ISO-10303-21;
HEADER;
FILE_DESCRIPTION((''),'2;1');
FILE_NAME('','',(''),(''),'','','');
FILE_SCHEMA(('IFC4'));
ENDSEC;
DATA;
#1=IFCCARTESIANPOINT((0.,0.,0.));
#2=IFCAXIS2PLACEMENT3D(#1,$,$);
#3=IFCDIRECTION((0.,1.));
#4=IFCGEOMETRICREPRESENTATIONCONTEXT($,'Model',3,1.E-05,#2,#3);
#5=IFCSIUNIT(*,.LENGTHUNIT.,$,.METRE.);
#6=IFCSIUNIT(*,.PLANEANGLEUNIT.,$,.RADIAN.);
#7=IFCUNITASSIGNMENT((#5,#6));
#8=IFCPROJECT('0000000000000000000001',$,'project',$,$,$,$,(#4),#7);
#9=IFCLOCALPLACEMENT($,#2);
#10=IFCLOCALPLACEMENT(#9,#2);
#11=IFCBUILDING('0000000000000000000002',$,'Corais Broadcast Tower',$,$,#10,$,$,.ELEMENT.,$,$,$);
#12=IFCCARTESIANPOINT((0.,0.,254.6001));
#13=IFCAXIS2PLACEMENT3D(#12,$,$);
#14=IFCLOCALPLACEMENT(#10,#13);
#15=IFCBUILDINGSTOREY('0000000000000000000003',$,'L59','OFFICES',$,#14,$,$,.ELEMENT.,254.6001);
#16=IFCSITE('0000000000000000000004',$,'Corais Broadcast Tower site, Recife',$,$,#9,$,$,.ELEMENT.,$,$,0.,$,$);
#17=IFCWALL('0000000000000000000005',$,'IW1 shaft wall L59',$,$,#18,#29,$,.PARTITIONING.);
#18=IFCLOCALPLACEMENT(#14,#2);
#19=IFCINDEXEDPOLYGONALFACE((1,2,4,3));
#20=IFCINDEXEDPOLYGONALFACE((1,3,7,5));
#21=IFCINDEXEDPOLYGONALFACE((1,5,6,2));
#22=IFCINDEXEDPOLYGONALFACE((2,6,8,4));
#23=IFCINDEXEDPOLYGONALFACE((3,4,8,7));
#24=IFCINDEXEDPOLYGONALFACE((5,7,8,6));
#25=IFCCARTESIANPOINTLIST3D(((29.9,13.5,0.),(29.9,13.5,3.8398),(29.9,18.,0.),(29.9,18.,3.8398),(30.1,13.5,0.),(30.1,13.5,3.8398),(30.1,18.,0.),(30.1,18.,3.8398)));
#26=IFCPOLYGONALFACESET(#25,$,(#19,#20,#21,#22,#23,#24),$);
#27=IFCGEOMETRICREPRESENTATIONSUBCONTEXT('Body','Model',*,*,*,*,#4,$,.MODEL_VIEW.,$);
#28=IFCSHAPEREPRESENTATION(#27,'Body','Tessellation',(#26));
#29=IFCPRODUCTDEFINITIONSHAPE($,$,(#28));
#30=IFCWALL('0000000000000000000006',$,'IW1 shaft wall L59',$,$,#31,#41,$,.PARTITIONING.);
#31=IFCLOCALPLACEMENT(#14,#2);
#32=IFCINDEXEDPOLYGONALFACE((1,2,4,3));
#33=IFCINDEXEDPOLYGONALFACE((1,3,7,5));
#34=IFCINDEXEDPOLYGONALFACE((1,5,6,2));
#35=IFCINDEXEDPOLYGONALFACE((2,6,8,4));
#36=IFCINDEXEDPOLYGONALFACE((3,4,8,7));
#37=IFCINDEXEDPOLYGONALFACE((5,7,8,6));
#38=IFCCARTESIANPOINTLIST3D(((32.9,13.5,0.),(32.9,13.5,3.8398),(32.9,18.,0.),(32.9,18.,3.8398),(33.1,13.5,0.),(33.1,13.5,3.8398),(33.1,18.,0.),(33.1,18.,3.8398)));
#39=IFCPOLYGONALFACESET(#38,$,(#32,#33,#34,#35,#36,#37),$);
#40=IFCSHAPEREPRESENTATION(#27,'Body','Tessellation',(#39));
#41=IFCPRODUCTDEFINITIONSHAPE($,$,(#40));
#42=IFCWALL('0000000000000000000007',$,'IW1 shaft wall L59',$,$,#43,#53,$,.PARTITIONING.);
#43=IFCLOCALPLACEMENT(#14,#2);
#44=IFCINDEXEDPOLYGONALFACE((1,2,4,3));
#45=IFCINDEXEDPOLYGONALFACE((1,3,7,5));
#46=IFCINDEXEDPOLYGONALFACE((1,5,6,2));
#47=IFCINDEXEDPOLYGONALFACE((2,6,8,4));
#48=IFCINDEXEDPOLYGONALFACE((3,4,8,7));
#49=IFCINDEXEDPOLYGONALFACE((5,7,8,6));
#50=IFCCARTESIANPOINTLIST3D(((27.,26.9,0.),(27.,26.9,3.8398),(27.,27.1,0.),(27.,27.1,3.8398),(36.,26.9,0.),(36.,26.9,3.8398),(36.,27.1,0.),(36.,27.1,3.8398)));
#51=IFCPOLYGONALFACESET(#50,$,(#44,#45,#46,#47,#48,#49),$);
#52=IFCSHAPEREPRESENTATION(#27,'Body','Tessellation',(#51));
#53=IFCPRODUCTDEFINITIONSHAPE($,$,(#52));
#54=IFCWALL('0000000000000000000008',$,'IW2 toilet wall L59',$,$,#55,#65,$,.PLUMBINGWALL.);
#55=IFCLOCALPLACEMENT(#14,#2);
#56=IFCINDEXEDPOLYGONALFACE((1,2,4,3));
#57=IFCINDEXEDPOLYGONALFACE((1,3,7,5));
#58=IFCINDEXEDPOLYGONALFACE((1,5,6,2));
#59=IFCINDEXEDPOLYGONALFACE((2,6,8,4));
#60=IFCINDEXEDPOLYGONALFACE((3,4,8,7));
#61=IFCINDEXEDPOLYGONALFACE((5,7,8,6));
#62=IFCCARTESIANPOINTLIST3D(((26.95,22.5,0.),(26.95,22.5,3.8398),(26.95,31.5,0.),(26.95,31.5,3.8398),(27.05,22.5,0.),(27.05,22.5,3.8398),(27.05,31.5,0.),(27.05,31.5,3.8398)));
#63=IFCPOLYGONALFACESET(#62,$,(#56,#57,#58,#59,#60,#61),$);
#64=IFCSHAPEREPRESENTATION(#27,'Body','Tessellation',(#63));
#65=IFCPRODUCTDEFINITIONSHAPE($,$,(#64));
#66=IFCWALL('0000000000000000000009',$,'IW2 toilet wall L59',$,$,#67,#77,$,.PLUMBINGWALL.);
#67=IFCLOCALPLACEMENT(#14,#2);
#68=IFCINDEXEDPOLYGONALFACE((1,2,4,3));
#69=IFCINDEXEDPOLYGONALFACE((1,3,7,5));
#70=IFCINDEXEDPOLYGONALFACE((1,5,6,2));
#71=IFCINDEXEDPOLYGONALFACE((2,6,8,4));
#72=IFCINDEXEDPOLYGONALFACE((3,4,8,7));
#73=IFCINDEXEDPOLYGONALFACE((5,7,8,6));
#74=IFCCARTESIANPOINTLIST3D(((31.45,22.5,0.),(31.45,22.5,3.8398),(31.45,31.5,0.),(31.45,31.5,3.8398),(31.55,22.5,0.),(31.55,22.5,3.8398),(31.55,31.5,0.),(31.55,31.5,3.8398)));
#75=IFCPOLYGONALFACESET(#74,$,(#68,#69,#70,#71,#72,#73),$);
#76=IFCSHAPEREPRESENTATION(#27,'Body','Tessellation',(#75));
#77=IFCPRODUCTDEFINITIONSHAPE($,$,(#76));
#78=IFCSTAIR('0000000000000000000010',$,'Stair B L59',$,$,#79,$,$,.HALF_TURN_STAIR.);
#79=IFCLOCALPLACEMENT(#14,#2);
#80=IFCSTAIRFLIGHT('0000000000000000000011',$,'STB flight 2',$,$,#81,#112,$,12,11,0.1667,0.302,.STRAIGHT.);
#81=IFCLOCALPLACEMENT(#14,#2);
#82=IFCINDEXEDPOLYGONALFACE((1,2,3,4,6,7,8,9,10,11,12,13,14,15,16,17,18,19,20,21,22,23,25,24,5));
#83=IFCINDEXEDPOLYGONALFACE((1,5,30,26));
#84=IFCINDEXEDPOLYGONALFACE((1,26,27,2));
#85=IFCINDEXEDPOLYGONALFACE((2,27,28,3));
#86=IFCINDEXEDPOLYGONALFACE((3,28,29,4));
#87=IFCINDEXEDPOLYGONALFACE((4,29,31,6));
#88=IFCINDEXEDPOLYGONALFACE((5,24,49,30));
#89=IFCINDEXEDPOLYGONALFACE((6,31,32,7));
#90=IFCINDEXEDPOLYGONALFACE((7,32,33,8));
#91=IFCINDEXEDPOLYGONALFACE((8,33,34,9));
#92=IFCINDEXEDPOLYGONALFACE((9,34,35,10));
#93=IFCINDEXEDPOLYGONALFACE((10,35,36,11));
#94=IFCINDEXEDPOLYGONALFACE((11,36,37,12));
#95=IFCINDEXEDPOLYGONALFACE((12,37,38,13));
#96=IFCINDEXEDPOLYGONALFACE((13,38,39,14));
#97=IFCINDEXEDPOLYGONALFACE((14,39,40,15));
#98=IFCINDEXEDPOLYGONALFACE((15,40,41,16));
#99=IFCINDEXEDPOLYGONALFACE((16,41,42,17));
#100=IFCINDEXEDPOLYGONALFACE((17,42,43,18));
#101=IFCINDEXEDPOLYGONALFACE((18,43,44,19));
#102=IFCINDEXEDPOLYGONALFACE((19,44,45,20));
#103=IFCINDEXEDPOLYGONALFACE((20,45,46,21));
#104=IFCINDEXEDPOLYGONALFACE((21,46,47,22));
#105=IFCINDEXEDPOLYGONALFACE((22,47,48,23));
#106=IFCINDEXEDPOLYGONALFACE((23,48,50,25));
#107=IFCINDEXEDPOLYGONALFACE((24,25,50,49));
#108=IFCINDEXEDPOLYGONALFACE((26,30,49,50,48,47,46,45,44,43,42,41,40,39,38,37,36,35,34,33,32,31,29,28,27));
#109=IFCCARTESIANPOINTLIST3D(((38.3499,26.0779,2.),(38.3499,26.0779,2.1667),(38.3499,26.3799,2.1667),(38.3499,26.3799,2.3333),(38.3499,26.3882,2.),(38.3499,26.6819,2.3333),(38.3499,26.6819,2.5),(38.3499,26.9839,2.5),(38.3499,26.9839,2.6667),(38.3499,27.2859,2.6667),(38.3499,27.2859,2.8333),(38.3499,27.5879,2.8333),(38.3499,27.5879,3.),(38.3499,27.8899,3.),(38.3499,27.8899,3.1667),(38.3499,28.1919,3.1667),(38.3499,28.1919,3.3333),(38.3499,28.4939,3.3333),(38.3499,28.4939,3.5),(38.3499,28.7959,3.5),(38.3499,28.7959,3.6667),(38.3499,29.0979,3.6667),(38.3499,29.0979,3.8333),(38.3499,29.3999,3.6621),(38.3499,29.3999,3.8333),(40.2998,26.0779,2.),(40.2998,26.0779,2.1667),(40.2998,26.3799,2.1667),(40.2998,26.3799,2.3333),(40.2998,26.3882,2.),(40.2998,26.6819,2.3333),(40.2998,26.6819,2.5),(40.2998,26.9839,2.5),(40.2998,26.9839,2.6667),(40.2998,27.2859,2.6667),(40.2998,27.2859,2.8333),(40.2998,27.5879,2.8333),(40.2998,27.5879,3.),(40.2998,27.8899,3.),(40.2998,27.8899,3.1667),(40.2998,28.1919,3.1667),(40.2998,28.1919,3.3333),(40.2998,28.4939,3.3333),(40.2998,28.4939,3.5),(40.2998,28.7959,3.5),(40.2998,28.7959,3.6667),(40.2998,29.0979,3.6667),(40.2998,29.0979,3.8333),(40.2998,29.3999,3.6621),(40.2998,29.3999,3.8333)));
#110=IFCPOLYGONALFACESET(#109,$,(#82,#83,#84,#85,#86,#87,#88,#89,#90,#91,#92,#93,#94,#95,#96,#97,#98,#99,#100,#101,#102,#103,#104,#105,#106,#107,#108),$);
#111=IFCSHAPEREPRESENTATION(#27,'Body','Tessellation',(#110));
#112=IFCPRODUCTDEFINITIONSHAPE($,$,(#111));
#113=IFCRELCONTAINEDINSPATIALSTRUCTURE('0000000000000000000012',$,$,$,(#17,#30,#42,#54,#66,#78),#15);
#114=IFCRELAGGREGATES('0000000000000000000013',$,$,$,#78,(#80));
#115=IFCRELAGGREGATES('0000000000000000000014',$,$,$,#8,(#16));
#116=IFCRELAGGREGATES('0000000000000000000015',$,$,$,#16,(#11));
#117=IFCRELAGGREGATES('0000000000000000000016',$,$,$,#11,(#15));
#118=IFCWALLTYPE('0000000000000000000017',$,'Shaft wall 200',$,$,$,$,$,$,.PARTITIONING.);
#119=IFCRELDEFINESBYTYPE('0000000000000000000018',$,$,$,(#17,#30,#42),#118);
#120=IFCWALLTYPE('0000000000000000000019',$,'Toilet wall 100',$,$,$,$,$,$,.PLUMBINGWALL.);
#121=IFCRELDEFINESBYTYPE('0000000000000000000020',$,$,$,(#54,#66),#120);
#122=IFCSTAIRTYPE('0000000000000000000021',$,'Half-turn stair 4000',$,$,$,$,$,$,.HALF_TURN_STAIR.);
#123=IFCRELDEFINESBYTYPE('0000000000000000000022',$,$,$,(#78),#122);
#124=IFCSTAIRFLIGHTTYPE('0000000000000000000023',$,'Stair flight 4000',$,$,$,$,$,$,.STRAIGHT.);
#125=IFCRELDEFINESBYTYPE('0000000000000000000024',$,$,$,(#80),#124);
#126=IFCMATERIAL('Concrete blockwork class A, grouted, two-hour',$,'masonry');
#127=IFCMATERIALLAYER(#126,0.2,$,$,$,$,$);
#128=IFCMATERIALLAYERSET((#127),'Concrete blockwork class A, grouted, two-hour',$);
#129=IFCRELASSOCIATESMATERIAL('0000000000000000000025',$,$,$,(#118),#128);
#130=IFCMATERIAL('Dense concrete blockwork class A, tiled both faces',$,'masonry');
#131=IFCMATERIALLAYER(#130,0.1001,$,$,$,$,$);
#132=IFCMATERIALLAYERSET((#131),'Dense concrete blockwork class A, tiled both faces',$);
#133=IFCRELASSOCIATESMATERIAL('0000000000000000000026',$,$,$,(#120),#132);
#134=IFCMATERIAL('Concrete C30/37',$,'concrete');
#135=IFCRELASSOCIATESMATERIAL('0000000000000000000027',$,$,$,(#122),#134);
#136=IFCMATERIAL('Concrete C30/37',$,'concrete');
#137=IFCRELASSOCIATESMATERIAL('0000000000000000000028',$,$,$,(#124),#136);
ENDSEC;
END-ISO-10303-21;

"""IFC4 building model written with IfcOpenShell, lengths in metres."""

from ifc_helpers import new_model, si_unit, direction, frame, frame_2d, origin, place, context, subcontext, project, spatial, polyline, rectangle, outline, extrude, material, layer, layer_set, type_object, element, aggregate, save


model = new_model("IFC4")

# Units and contexts
model_context = context("Model", 3, precision=1e-05, world=origin(), true_north=direction((0.0, 1.0)))
body_context = subcontext(model_context, "Body", "Model", "MODEL_VIEW")
ifc_project = project(units=[si_unit("LENGTHUNIT", "METRE"), si_unit("PLANEANGLEUNIT", "RADIAN")], contexts=[model_context])

# Site, building, storey
site_placement = place(None, origin())
site = spatial("IfcSite", under=ifc_project, at=site_placement, Name="Corais Broadcast Tower site, Recife", CompositionType="ELEMENT", RefElevation=0.0)
building_placement = place(site_placement, origin())
building = spatial("IfcBuilding", under=site, at=building_placement, Name="Corais Broadcast Tower", CompositionType="ELEMENT")
storey_placement = place(building_placement, frame((0.0, 0.0, 254.6001)))
storey = spatial("IfcBuildingStorey", under=building, at=storey_placement, Name="L59", Description="OFFICES", CompositionType="ELEMENT", Elevation=254.6001)

# Walls
ifc_material_1 = material(Name="Concrete blockwork class A, grouted, two-hour", Category="masonry")
ifc_layer_1 = layer(ifc_material_1, 0.2)
ifc_layer_set_1 = layer_set([ifc_layer_1], Name="Concrete blockwork class A, grouted, two-hour")
wall_type_1 = type_object("IfcWallType", Name="Shaft wall 200", PredefinedType="PARTITIONING", material=ifc_layer_set_1)
for number, where, z_axis, x_axis, name in (
    (1, (30.0, 13.5, 0.0), (0.0, 0.0, 1.0), (0.0, 1.0, 0.0), "IW1 shaft wall L59"),
    (2, (33.0, 13.5, 0.0), (0.0, 0.0, 1.0), (0.0, 1.0, 0.0), "IW1 shaft wall L59"),
):
    element("IfcWall", number, at=place(storey_placement, frame(where, z_axis=z_axis, x_axis=x_axis)), inside=storey, type_object=wall_type_1, Name=name, PredefinedType="PARTITIONING", context=body_context, shape_type="SweptSolid", body=[
        extrude(rectangle(XDim=4.5, YDim=0.2, at=frame_2d((2.25, 0.0))), origin(), (0.0, 0.0, 1.0), 3.8398),
    ])
wall_1_placement = place(storey_placement, frame((27.0, 27.0, 0.0), z_axis=(0.0, 0.0, 1.0), x_axis=(1.0, 0.0, 0.0)))
element("IfcWall", 3, at=wall_1_placement, inside=storey, type_object=wall_type_1, Name="IW1 shaft wall L59", PredefinedType="PARTITIONING", context=body_context, shape_type="SweptSolid", body=[
    extrude(rectangle(XDim=9.0, YDim=0.2, at=frame_2d((4.5, 0.0))), origin(), (0.0, 0.0, 1.0), 3.8398),
])
ifc_material_2 = material(Name="Dense concrete blockwork class A, tiled both faces", Category="masonry")
ifc_layer_2 = layer(ifc_material_2, 0.1001)
ifc_layer_set_2 = layer_set([ifc_layer_2], Name="Dense concrete blockwork class A, tiled both faces")
wall_type_2 = type_object("IfcWallType", Name="Toilet wall 100", PredefinedType="PLUMBINGWALL", material=ifc_layer_set_2)
for number, where, z_axis, x_axis, name in (
    (4, (27.0, 22.5, 0.0), (0.0, 0.0, 1.0), (0.0, 1.0, 0.0), "IW2 toilet wall L59"),
    (5, (31.5, 22.5, 0.0), (0.0, 0.0, 1.0), (0.0, 1.0, 0.0), "IW2 toilet wall L59"),
):
    element("IfcWall", number, at=place(storey_placement, frame(where, z_axis=z_axis, x_axis=x_axis)), inside=storey, type_object=wall_type_2, Name=name, PredefinedType="PLUMBINGWALL", context=body_context, shape_type="SweptSolid", body=[
        extrude(rectangle(XDim=9.0, YDim=0.1001, at=frame_2d((4.5, 0.0))), origin(), (0.0, 0.0, 1.0), 3.8398),
    ])

# Stair, stair flight
ifc_material_3 = material(Name="Concrete C30/37", Category="concrete")
stair_type = type_object("IfcStairType", Name="Half-turn stair 4000", PredefinedType="HALF_TURN_STAIR", material=ifc_material_3)
stair_placement = place(storey_placement, origin())
stair = element("IfcStair", 6, at=stair_placement, inside=storey, type_object=stair_type, Name="Stair B L59", PredefinedType="HALF_TURN_STAIR")
ifc_material_4 = material(Name="Concrete C30/37", Category="concrete")
stair_flight_type = type_object("IfcStairFlightType", Name="Stair flight 4000", PredefinedType="STRAIGHT", material=ifc_material_4)
stair_flight_placement = place(storey_placement, frame((39.325, 26.0779, 2.0), z_axis=(0.0, 0.0, 1.0), x_axis=(0.0, 1.0, 0.0)))
stair_flight = element("IfcStairFlight", 7, at=stair_flight_placement, type_object=stair_flight_type, Name="STB flight 2", NumberOfRisers=12, NumberOfTreads=11, PredefinedType="STRAIGHT", RiserHeight=0.1667, TreadLength=0.302, context=body_context, shape_type="SweptSolid", body=[
    extrude(outline(polyline([(0.0, 0.0), (0.0, 0.1667), (0.302, 0.1667), (0.302, 0.3333), (0.604, 0.3333), (0.604, 0.5), (0.906, 0.5), (0.906, 0.6667), (1.208, 0.6667), (1.208, 0.8333), (1.51, 0.8333), (1.51, 1.0), (1.812, 1.0), (1.812, 1.1667), (2.114, 1.1667), (2.114, 1.3333), (2.416, 1.3333), (2.416, 1.5), (2.718, 1.5), (2.718, 1.6667), (3.02, 1.6667), (3.02, 1.8333), (3.322, 1.8333), (3.322, 2.0), (3.322, 1.6621), (0.3103, 0.0), (0.0, 0.0)])), frame((0.0, 0.9751, 0.0), z_axis=(0.0, -1.0, 0.0), x_axis=(1.0, 0.0, 0.0)), (0.0, 0.0, 1.0), 1.95),
])
aggregate(stair, [stair_flight])

save(model, "model.ifc")
